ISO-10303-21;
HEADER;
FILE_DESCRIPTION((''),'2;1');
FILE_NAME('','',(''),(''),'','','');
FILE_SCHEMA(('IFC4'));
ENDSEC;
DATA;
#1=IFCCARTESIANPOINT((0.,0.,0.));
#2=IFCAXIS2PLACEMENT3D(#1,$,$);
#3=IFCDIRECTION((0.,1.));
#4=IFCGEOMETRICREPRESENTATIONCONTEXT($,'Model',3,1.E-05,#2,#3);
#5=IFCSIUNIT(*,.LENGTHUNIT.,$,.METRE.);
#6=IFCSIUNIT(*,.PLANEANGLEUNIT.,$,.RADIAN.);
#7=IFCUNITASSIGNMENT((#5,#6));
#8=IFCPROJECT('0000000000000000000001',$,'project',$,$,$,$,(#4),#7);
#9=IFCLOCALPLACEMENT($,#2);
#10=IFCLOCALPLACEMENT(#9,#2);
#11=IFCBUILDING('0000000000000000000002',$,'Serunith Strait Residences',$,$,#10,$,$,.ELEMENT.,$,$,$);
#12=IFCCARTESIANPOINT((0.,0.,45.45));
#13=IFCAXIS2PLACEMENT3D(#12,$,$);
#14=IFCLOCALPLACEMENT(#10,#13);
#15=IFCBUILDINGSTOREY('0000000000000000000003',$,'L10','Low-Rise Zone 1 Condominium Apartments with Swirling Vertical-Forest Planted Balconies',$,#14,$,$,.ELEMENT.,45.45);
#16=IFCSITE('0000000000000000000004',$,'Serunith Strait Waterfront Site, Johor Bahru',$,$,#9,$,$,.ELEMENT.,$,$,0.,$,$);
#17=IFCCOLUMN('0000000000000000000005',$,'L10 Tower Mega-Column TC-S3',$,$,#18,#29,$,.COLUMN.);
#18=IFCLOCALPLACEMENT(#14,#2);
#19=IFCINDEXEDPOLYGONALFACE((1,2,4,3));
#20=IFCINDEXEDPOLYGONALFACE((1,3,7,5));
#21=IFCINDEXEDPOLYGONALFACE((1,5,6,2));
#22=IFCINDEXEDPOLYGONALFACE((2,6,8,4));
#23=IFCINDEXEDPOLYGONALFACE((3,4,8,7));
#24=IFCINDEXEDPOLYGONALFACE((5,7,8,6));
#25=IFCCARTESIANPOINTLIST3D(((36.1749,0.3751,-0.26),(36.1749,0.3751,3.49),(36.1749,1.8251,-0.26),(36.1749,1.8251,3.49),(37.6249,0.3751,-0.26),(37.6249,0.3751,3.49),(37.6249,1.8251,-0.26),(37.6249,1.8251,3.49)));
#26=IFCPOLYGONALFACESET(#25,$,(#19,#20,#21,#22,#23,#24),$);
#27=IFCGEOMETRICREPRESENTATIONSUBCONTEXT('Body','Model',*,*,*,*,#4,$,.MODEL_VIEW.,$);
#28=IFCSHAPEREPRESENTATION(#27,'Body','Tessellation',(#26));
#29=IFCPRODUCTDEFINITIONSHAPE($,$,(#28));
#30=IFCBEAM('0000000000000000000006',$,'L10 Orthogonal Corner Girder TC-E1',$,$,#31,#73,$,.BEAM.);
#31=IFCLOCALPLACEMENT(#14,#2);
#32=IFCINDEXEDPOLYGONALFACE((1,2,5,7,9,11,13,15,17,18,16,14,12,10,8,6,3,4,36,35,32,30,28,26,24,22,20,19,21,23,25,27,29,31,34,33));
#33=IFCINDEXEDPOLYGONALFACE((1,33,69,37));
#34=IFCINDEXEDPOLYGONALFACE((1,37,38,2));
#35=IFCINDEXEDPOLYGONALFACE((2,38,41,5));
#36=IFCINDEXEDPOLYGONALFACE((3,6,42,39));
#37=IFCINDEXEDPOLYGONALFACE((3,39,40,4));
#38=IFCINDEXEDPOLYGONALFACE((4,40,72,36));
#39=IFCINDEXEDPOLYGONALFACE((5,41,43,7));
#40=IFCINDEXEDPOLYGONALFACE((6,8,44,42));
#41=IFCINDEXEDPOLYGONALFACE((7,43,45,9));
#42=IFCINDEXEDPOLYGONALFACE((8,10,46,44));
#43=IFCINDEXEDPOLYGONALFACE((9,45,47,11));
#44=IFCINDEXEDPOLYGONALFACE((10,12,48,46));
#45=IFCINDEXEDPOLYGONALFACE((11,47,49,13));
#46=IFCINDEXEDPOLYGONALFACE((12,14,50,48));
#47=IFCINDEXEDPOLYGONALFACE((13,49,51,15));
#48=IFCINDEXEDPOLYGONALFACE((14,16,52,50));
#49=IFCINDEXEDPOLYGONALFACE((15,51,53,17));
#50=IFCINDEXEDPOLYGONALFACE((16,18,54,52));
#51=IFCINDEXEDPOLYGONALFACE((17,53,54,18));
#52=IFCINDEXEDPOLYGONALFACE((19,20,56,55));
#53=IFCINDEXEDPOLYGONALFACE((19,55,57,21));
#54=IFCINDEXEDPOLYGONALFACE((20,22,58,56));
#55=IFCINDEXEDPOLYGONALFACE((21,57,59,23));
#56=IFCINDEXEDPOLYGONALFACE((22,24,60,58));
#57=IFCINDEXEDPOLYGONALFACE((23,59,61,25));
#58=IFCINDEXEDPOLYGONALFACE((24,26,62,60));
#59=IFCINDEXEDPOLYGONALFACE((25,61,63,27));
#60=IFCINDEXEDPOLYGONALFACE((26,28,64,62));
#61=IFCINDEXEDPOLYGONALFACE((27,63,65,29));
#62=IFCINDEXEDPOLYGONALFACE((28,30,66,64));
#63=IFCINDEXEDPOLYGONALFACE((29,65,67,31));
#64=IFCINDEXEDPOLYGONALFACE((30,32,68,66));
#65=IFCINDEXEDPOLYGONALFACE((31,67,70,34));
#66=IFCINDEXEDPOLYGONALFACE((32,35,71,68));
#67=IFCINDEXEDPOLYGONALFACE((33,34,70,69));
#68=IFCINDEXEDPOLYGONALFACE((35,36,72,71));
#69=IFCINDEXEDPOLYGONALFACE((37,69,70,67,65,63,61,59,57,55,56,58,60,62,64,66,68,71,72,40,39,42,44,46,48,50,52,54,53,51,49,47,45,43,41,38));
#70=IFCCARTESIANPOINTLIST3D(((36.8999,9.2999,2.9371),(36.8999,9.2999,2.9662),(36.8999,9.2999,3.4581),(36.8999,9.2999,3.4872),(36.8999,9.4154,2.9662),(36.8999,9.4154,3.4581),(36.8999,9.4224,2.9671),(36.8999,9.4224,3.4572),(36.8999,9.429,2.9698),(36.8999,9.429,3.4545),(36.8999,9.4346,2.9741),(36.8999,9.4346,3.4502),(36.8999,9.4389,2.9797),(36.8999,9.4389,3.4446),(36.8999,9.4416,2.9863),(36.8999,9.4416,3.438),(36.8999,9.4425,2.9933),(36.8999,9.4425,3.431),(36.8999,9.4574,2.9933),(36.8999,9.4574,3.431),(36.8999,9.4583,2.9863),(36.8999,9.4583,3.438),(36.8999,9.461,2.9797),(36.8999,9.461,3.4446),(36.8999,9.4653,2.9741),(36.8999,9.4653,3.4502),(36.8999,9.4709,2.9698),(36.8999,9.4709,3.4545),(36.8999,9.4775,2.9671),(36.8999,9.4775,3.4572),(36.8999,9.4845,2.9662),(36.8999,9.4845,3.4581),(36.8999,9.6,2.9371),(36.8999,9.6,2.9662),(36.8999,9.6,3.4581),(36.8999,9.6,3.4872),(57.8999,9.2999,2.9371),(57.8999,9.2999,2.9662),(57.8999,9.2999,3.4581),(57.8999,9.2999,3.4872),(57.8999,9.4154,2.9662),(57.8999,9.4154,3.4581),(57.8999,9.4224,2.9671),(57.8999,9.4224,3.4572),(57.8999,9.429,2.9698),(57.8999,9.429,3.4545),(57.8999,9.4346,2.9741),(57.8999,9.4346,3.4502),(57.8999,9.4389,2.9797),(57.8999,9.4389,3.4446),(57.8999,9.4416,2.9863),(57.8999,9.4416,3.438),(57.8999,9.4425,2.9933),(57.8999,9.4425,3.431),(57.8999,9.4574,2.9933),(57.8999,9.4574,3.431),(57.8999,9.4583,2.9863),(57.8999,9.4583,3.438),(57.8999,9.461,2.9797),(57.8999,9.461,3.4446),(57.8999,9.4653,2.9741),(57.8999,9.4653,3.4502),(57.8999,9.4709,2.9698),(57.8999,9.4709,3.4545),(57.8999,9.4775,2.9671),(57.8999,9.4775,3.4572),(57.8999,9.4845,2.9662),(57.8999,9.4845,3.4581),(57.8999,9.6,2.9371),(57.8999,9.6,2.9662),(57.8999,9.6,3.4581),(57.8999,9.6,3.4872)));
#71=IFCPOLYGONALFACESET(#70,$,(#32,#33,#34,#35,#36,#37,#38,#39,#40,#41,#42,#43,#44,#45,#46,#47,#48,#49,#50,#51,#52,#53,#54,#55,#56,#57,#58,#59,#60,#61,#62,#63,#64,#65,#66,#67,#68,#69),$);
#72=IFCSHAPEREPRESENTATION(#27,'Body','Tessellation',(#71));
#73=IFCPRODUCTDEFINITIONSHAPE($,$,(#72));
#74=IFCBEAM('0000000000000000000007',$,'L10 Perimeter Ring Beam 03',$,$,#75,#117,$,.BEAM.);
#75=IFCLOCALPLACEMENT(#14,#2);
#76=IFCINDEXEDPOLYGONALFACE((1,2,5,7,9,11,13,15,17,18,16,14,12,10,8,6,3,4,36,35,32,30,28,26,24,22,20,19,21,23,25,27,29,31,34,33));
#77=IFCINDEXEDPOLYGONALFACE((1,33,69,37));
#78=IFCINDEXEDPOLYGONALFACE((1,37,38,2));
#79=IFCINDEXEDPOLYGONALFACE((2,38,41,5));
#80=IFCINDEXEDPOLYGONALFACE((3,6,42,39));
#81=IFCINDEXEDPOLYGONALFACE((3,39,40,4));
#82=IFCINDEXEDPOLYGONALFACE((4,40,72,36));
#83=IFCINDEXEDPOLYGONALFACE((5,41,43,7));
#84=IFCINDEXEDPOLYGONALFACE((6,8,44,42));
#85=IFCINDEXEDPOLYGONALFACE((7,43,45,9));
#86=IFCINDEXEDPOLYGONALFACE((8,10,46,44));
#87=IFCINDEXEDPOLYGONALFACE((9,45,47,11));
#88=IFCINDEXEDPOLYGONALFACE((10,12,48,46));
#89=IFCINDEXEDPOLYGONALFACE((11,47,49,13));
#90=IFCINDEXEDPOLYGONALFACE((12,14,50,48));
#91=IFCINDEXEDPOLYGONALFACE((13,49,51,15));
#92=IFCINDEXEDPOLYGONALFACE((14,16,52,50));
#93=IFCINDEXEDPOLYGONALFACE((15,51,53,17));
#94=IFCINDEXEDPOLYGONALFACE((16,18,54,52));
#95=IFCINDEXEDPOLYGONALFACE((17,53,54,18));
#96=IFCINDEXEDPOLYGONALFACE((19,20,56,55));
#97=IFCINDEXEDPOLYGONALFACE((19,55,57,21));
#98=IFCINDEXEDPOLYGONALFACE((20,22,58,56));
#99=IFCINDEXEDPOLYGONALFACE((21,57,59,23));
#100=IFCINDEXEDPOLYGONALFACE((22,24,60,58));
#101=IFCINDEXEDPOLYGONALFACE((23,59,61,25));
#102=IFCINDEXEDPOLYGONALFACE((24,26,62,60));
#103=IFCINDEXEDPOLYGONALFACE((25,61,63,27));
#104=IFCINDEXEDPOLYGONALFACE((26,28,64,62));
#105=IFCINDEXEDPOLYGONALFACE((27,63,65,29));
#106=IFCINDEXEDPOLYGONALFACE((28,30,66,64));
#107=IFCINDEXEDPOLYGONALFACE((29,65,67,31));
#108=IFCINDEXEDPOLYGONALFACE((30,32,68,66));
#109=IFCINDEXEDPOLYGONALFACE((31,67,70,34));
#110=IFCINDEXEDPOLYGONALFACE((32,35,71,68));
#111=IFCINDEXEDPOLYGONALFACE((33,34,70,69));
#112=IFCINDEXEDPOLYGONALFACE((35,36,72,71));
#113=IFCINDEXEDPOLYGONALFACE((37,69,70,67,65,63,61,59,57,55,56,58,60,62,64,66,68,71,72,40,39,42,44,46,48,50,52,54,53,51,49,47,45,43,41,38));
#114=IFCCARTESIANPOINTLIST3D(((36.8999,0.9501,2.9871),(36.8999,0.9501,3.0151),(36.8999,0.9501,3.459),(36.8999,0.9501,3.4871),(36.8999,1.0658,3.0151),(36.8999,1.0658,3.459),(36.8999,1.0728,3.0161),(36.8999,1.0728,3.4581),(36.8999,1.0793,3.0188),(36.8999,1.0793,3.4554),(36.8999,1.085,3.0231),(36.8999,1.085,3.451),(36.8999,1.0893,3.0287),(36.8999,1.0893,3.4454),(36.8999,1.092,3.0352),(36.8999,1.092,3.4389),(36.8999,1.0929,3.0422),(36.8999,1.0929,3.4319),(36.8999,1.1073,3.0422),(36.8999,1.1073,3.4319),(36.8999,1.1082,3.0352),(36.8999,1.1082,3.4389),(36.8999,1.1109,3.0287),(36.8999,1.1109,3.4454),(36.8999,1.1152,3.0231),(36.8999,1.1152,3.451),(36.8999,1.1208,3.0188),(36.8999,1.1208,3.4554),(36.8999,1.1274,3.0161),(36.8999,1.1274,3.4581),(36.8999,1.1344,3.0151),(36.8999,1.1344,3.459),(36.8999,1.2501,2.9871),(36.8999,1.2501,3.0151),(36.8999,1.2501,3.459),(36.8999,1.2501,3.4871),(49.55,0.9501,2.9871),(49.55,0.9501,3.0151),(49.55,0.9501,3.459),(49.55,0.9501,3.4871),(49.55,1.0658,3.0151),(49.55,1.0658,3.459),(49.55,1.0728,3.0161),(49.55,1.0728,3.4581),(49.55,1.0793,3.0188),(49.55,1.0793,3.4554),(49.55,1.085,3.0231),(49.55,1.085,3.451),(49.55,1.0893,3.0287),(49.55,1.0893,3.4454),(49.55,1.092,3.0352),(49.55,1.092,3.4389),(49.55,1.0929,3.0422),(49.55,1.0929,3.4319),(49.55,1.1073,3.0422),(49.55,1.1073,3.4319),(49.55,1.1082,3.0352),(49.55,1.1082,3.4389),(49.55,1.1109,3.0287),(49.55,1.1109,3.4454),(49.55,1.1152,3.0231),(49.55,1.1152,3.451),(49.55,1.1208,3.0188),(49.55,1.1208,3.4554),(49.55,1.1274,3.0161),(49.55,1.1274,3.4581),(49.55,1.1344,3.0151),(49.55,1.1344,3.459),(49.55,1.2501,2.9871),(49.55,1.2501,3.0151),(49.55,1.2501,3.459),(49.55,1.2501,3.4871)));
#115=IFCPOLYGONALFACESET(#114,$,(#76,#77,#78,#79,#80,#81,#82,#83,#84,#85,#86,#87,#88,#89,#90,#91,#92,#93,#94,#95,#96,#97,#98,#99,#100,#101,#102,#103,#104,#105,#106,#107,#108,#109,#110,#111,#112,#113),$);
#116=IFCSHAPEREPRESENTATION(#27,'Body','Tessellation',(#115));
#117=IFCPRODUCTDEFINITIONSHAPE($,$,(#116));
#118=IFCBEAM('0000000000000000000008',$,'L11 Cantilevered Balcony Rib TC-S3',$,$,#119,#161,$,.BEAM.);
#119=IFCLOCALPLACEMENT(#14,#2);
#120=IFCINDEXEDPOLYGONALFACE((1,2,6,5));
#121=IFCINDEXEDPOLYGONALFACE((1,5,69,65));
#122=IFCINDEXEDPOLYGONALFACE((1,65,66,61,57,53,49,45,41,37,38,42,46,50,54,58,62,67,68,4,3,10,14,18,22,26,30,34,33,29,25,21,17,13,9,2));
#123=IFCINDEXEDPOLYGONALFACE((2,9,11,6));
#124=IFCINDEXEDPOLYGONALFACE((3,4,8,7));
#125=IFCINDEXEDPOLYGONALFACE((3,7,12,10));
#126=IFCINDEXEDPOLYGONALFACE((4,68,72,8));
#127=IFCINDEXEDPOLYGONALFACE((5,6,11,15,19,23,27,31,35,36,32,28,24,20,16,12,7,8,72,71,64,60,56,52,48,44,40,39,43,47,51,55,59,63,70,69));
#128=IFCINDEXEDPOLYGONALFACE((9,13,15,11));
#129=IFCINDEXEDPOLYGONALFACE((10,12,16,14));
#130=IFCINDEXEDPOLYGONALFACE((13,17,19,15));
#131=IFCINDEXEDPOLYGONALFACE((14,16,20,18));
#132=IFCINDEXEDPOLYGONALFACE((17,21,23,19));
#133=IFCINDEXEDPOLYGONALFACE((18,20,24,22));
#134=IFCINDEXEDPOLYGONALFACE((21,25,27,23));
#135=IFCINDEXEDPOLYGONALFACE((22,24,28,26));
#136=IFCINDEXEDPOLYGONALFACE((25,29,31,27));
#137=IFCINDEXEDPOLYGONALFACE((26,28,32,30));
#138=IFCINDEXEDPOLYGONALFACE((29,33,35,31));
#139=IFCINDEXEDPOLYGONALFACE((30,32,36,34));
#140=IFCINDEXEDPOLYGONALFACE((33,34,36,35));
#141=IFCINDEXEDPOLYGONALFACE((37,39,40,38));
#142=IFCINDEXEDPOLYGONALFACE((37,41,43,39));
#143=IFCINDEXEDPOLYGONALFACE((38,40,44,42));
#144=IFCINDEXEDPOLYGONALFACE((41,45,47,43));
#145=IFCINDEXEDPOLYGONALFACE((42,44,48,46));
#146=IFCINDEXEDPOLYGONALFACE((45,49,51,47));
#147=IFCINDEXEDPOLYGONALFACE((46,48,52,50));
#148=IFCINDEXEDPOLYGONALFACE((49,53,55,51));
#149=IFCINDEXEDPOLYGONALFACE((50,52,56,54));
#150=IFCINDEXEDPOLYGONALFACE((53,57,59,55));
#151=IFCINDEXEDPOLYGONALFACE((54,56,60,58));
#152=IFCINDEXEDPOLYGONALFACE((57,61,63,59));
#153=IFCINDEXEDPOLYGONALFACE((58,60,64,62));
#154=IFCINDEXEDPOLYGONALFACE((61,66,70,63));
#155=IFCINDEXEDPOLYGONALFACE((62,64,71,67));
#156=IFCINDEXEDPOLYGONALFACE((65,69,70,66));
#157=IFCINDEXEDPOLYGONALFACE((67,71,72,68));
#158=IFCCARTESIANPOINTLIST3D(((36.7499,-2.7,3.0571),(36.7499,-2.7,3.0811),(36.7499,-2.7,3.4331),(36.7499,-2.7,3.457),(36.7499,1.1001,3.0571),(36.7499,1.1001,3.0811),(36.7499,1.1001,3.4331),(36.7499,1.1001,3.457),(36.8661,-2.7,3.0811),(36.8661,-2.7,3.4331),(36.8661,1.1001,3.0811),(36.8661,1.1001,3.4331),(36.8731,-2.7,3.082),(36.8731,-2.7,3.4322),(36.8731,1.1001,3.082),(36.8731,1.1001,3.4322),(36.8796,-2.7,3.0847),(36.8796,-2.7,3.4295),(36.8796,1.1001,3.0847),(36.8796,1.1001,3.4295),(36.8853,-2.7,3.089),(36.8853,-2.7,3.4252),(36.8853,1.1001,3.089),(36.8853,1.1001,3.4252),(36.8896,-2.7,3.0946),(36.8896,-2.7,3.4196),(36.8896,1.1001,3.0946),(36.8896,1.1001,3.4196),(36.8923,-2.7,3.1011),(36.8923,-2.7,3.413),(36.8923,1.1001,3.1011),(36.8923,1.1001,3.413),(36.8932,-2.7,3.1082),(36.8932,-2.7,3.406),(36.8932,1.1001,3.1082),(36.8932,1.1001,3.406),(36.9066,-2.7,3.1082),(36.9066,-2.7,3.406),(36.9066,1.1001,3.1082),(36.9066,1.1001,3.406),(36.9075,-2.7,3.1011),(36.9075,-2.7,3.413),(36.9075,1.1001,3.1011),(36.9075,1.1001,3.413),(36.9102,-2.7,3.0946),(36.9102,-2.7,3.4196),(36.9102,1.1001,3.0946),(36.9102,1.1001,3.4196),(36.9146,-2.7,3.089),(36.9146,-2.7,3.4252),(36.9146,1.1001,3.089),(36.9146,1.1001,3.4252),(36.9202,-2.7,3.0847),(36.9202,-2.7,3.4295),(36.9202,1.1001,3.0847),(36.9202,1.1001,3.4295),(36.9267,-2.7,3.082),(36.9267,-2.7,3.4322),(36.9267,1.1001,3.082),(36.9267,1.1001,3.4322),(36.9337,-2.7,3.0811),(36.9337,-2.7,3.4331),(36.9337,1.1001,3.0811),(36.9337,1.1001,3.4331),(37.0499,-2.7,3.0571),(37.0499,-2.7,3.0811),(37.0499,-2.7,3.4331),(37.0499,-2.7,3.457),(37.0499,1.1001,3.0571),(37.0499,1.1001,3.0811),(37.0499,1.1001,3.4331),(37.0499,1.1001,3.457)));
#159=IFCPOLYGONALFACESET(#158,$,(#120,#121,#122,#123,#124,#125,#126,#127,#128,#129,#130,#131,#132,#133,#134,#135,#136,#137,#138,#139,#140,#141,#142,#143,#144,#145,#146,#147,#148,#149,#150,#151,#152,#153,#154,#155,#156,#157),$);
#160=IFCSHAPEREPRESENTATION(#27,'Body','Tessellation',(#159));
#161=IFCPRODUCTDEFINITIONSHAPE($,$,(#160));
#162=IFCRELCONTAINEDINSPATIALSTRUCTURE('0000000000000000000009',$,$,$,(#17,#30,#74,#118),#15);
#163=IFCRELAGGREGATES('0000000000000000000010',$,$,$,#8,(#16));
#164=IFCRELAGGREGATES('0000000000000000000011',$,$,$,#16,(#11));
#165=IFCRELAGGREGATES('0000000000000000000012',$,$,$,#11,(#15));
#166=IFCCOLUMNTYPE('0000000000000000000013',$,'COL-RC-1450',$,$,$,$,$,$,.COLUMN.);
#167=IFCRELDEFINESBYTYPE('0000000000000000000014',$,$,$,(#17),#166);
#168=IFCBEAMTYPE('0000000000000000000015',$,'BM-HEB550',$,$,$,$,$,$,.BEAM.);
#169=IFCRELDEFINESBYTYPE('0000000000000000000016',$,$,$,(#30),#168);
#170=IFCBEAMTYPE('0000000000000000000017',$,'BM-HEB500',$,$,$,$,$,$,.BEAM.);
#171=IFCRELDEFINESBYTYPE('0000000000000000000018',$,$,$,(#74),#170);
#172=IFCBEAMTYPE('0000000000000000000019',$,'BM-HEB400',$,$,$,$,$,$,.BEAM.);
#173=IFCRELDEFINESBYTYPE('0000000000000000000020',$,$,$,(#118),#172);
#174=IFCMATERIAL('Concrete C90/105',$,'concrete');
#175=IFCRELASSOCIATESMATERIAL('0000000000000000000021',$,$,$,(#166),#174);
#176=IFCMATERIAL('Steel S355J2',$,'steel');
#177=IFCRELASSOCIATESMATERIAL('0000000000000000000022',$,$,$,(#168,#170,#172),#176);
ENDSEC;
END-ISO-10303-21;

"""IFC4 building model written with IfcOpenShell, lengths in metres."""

from ifc_helpers import new_model, si_unit, direction, frame, origin, origin_2d, place, context, subcontext, project, spatial, rectangle, i_section, extrude, source, transform, mapped, material, material_profile, profile_set, type_object, element, save


model = new_model("IFC4")

# Units and contexts
model_context = context("Model", 3, precision=1e-05, world=origin(), true_north=direction((0.0, 1.0)))
body_context = subcontext(model_context, "Body", "Model", "MODEL_VIEW")
ifc_project = project(units=[si_unit("LENGTHUNIT", "METRE"), si_unit("PLANEANGLEUNIT", "RADIAN")], contexts=[model_context])

# Site, building, storey
site_placement = place(None, origin())
site = spatial("IfcSite", under=ifc_project, at=site_placement, Name="Serunith Strait Waterfront Site, Johor Bahru", CompositionType="ELEMENT", RefElevation=0.0)
building_placement = place(site_placement, origin())
building = spatial("IfcBuilding", under=site, at=building_placement, Name="Serunith Strait Residences", CompositionType="ELEMENT")
storey_placement = place(building_placement, frame((0.0, 0.0, 45.45)))
storey = spatial("IfcBuildingStorey", under=building, at=storey_placement, Name="L10", Description="Low-Rise Zone 1 Condominium Apartments with Swirling Vertical-Forest Planted Balconies", CompositionType="ELEMENT", Elevation=45.45)

# Column
ifc_material_1 = material(Name="Concrete C90/105", Category="concrete")
ifc_material_profile_1 = material_profile(ifc_material_1, rectangle(XDim=1.45, YDim=1.45, at=origin_2d()), Name="RC 1450x1450")
ifc_profile_set_1 = profile_set([ifc_material_profile_1], Name="Concrete C90/105")
column_type = type_object("IfcColumnType", Name="COL-RC-1450", PredefinedType="COLUMN", material=ifc_profile_set_1)
shared_shape_1 = source(origin(), body_context, "Body", "SweptSolid", [
    extrude(rectangle(XDim=1.45, YDim=1.45, at=origin_2d()), origin(), (0.0, 0.0, 1.0), 3.75),
])
column_placement = place(storey_placement, frame((36.8999, 1.1001, -0.26), z_axis=(0.0, 0.0, 1.0), x_axis=(1.0, 0.0, 0.0)))
element("IfcColumn", 1, at=column_placement, inside=storey, type_object=column_type, Name="L10 Tower Mega-Column TC-S3", PredefinedType="COLUMN", context=body_context, shape_type="MappedRepresentation", body=[
    mapped(shared_shape_1, transform((0.0, 0.0, 0.0), scale=1.0)),
])

# Beams
ifc_material_2 = material(Name="Steel S355J2", Category="steel")
ifc_material_profile_2 = material_profile(ifc_material_2, i_section(OverallWidth=0.3, OverallDepth=0.55, WebThickness=0.0149, FlangeThickness=0.0291, FilletRadius=0.0271, at=origin_2d()), Name="HEB 550")
ifc_profile_set_2 = profile_set([ifc_material_profile_2], Name="Steel S355J2")
beam_type_1 = type_object("IfcBeamType", Name="BM-HEB550", PredefinedType="BEAM", material=ifc_profile_set_2)
shared_shape_2 = source(origin(), body_context, "Body", "SweptSolid", [
    extrude(i_section(OverallWidth=0.3, OverallDepth=0.55, WebThickness=0.0149, FlangeThickness=0.0291, FilletRadius=0.0271, at=origin_2d()), origin(), (0.0, 0.0, 1.0), 21.0),
])
beam_1_placement = place(storey_placement, frame((36.8999, 9.45, 3.2122), z_axis=(1.0, 0.0, 0.0), x_axis=(0.0, 1.0, 0.0)))
element("IfcBeam", 2, at=beam_1_placement, inside=storey, type_object=beam_type_1, Name="L10 Orthogonal Corner Girder TC-E1", PredefinedType="BEAM", context=body_context, shape_type="MappedRepresentation", body=[
    mapped(shared_shape_2, transform((0.0, 0.0, 0.0), scale=1.0)),
])
ifc_material_profile_3 = material_profile(ifc_material_2, i_section(OverallWidth=0.3, OverallDepth=0.5, WebThickness=0.0144, FlangeThickness=0.0281, FilletRadius=0.0271, at=origin_2d()), Name="HEB 500")
ifc_profile_set_3 = profile_set([ifc_material_profile_3], Name="Steel S355J2")
beam_type_2 = type_object("IfcBeamType", Name="BM-HEB500", PredefinedType="BEAM", material=ifc_profile_set_3)
shared_shape_3 = source(origin(), body_context, "Body", "SweptSolid", [
    extrude(i_section(OverallWidth=0.3, OverallDepth=0.5, WebThickness=0.0144, FlangeThickness=0.0281, FilletRadius=0.0271, at=origin_2d()), origin(), (0.0, 0.0, 1.0), 12.6501),
])
beam_2_placement = place(storey_placement, frame((36.8999, 1.1001, 3.2371), z_axis=(1.0, 0.0, 0.0), x_axis=(0.0, 1.0, 0.0)))
element("IfcBeam", 3, at=beam_2_placement, inside=storey, type_object=beam_type_2, Name="L10 Perimeter Ring Beam 03", PredefinedType="BEAM", context=body_context, shape_type="MappedRepresentation", body=[
    mapped(shared_shape_3, transform((0.0, 0.0, 0.0), scale=1.0)),
])
ifc_material_profile_4 = material_profile(ifc_material_2, i_section(OverallWidth=0.3, OverallDepth=0.3999, WebThickness=0.0134, FlangeThickness=0.0239, FilletRadius=0.0271, at=origin_2d()), Name="HEB 400")
ifc_profile_set_4 = profile_set([ifc_material_profile_4], Name="Steel S355J2")
beam_type_3 = type_object("IfcBeamType", Name="BM-HEB400", PredefinedType="BEAM", material=ifc_profile_set_4)
shared_shape_4 = source(origin(), body_context, "Body", "SweptSolid", [
    extrude(i_section(OverallWidth=0.3, OverallDepth=0.3999, WebThickness=0.0134, FlangeThickness=0.0239, FilletRadius=0.0271, at=origin_2d()), origin(), (0.0, 0.0, 1.0), 3.8),
])
beam_3_placement = place(storey_placement, frame((36.8999, 1.1001, 3.2571), z_axis=(0.0, -1.0, 0.0), x_axis=(1.0, 0.0, 0.0)))
element("IfcBeam", 4, at=beam_3_placement, inside=storey, type_object=beam_type_3, Name="L11 Cantilevered Balcony Rib TC-S3", PredefinedType="BEAM", context=body_context, shape_type="MappedRepresentation", body=[
    mapped(shared_shape_4, transform((0.0, 0.0, 0.0), scale=1.0)),
])

save(model, "model.ifc")
